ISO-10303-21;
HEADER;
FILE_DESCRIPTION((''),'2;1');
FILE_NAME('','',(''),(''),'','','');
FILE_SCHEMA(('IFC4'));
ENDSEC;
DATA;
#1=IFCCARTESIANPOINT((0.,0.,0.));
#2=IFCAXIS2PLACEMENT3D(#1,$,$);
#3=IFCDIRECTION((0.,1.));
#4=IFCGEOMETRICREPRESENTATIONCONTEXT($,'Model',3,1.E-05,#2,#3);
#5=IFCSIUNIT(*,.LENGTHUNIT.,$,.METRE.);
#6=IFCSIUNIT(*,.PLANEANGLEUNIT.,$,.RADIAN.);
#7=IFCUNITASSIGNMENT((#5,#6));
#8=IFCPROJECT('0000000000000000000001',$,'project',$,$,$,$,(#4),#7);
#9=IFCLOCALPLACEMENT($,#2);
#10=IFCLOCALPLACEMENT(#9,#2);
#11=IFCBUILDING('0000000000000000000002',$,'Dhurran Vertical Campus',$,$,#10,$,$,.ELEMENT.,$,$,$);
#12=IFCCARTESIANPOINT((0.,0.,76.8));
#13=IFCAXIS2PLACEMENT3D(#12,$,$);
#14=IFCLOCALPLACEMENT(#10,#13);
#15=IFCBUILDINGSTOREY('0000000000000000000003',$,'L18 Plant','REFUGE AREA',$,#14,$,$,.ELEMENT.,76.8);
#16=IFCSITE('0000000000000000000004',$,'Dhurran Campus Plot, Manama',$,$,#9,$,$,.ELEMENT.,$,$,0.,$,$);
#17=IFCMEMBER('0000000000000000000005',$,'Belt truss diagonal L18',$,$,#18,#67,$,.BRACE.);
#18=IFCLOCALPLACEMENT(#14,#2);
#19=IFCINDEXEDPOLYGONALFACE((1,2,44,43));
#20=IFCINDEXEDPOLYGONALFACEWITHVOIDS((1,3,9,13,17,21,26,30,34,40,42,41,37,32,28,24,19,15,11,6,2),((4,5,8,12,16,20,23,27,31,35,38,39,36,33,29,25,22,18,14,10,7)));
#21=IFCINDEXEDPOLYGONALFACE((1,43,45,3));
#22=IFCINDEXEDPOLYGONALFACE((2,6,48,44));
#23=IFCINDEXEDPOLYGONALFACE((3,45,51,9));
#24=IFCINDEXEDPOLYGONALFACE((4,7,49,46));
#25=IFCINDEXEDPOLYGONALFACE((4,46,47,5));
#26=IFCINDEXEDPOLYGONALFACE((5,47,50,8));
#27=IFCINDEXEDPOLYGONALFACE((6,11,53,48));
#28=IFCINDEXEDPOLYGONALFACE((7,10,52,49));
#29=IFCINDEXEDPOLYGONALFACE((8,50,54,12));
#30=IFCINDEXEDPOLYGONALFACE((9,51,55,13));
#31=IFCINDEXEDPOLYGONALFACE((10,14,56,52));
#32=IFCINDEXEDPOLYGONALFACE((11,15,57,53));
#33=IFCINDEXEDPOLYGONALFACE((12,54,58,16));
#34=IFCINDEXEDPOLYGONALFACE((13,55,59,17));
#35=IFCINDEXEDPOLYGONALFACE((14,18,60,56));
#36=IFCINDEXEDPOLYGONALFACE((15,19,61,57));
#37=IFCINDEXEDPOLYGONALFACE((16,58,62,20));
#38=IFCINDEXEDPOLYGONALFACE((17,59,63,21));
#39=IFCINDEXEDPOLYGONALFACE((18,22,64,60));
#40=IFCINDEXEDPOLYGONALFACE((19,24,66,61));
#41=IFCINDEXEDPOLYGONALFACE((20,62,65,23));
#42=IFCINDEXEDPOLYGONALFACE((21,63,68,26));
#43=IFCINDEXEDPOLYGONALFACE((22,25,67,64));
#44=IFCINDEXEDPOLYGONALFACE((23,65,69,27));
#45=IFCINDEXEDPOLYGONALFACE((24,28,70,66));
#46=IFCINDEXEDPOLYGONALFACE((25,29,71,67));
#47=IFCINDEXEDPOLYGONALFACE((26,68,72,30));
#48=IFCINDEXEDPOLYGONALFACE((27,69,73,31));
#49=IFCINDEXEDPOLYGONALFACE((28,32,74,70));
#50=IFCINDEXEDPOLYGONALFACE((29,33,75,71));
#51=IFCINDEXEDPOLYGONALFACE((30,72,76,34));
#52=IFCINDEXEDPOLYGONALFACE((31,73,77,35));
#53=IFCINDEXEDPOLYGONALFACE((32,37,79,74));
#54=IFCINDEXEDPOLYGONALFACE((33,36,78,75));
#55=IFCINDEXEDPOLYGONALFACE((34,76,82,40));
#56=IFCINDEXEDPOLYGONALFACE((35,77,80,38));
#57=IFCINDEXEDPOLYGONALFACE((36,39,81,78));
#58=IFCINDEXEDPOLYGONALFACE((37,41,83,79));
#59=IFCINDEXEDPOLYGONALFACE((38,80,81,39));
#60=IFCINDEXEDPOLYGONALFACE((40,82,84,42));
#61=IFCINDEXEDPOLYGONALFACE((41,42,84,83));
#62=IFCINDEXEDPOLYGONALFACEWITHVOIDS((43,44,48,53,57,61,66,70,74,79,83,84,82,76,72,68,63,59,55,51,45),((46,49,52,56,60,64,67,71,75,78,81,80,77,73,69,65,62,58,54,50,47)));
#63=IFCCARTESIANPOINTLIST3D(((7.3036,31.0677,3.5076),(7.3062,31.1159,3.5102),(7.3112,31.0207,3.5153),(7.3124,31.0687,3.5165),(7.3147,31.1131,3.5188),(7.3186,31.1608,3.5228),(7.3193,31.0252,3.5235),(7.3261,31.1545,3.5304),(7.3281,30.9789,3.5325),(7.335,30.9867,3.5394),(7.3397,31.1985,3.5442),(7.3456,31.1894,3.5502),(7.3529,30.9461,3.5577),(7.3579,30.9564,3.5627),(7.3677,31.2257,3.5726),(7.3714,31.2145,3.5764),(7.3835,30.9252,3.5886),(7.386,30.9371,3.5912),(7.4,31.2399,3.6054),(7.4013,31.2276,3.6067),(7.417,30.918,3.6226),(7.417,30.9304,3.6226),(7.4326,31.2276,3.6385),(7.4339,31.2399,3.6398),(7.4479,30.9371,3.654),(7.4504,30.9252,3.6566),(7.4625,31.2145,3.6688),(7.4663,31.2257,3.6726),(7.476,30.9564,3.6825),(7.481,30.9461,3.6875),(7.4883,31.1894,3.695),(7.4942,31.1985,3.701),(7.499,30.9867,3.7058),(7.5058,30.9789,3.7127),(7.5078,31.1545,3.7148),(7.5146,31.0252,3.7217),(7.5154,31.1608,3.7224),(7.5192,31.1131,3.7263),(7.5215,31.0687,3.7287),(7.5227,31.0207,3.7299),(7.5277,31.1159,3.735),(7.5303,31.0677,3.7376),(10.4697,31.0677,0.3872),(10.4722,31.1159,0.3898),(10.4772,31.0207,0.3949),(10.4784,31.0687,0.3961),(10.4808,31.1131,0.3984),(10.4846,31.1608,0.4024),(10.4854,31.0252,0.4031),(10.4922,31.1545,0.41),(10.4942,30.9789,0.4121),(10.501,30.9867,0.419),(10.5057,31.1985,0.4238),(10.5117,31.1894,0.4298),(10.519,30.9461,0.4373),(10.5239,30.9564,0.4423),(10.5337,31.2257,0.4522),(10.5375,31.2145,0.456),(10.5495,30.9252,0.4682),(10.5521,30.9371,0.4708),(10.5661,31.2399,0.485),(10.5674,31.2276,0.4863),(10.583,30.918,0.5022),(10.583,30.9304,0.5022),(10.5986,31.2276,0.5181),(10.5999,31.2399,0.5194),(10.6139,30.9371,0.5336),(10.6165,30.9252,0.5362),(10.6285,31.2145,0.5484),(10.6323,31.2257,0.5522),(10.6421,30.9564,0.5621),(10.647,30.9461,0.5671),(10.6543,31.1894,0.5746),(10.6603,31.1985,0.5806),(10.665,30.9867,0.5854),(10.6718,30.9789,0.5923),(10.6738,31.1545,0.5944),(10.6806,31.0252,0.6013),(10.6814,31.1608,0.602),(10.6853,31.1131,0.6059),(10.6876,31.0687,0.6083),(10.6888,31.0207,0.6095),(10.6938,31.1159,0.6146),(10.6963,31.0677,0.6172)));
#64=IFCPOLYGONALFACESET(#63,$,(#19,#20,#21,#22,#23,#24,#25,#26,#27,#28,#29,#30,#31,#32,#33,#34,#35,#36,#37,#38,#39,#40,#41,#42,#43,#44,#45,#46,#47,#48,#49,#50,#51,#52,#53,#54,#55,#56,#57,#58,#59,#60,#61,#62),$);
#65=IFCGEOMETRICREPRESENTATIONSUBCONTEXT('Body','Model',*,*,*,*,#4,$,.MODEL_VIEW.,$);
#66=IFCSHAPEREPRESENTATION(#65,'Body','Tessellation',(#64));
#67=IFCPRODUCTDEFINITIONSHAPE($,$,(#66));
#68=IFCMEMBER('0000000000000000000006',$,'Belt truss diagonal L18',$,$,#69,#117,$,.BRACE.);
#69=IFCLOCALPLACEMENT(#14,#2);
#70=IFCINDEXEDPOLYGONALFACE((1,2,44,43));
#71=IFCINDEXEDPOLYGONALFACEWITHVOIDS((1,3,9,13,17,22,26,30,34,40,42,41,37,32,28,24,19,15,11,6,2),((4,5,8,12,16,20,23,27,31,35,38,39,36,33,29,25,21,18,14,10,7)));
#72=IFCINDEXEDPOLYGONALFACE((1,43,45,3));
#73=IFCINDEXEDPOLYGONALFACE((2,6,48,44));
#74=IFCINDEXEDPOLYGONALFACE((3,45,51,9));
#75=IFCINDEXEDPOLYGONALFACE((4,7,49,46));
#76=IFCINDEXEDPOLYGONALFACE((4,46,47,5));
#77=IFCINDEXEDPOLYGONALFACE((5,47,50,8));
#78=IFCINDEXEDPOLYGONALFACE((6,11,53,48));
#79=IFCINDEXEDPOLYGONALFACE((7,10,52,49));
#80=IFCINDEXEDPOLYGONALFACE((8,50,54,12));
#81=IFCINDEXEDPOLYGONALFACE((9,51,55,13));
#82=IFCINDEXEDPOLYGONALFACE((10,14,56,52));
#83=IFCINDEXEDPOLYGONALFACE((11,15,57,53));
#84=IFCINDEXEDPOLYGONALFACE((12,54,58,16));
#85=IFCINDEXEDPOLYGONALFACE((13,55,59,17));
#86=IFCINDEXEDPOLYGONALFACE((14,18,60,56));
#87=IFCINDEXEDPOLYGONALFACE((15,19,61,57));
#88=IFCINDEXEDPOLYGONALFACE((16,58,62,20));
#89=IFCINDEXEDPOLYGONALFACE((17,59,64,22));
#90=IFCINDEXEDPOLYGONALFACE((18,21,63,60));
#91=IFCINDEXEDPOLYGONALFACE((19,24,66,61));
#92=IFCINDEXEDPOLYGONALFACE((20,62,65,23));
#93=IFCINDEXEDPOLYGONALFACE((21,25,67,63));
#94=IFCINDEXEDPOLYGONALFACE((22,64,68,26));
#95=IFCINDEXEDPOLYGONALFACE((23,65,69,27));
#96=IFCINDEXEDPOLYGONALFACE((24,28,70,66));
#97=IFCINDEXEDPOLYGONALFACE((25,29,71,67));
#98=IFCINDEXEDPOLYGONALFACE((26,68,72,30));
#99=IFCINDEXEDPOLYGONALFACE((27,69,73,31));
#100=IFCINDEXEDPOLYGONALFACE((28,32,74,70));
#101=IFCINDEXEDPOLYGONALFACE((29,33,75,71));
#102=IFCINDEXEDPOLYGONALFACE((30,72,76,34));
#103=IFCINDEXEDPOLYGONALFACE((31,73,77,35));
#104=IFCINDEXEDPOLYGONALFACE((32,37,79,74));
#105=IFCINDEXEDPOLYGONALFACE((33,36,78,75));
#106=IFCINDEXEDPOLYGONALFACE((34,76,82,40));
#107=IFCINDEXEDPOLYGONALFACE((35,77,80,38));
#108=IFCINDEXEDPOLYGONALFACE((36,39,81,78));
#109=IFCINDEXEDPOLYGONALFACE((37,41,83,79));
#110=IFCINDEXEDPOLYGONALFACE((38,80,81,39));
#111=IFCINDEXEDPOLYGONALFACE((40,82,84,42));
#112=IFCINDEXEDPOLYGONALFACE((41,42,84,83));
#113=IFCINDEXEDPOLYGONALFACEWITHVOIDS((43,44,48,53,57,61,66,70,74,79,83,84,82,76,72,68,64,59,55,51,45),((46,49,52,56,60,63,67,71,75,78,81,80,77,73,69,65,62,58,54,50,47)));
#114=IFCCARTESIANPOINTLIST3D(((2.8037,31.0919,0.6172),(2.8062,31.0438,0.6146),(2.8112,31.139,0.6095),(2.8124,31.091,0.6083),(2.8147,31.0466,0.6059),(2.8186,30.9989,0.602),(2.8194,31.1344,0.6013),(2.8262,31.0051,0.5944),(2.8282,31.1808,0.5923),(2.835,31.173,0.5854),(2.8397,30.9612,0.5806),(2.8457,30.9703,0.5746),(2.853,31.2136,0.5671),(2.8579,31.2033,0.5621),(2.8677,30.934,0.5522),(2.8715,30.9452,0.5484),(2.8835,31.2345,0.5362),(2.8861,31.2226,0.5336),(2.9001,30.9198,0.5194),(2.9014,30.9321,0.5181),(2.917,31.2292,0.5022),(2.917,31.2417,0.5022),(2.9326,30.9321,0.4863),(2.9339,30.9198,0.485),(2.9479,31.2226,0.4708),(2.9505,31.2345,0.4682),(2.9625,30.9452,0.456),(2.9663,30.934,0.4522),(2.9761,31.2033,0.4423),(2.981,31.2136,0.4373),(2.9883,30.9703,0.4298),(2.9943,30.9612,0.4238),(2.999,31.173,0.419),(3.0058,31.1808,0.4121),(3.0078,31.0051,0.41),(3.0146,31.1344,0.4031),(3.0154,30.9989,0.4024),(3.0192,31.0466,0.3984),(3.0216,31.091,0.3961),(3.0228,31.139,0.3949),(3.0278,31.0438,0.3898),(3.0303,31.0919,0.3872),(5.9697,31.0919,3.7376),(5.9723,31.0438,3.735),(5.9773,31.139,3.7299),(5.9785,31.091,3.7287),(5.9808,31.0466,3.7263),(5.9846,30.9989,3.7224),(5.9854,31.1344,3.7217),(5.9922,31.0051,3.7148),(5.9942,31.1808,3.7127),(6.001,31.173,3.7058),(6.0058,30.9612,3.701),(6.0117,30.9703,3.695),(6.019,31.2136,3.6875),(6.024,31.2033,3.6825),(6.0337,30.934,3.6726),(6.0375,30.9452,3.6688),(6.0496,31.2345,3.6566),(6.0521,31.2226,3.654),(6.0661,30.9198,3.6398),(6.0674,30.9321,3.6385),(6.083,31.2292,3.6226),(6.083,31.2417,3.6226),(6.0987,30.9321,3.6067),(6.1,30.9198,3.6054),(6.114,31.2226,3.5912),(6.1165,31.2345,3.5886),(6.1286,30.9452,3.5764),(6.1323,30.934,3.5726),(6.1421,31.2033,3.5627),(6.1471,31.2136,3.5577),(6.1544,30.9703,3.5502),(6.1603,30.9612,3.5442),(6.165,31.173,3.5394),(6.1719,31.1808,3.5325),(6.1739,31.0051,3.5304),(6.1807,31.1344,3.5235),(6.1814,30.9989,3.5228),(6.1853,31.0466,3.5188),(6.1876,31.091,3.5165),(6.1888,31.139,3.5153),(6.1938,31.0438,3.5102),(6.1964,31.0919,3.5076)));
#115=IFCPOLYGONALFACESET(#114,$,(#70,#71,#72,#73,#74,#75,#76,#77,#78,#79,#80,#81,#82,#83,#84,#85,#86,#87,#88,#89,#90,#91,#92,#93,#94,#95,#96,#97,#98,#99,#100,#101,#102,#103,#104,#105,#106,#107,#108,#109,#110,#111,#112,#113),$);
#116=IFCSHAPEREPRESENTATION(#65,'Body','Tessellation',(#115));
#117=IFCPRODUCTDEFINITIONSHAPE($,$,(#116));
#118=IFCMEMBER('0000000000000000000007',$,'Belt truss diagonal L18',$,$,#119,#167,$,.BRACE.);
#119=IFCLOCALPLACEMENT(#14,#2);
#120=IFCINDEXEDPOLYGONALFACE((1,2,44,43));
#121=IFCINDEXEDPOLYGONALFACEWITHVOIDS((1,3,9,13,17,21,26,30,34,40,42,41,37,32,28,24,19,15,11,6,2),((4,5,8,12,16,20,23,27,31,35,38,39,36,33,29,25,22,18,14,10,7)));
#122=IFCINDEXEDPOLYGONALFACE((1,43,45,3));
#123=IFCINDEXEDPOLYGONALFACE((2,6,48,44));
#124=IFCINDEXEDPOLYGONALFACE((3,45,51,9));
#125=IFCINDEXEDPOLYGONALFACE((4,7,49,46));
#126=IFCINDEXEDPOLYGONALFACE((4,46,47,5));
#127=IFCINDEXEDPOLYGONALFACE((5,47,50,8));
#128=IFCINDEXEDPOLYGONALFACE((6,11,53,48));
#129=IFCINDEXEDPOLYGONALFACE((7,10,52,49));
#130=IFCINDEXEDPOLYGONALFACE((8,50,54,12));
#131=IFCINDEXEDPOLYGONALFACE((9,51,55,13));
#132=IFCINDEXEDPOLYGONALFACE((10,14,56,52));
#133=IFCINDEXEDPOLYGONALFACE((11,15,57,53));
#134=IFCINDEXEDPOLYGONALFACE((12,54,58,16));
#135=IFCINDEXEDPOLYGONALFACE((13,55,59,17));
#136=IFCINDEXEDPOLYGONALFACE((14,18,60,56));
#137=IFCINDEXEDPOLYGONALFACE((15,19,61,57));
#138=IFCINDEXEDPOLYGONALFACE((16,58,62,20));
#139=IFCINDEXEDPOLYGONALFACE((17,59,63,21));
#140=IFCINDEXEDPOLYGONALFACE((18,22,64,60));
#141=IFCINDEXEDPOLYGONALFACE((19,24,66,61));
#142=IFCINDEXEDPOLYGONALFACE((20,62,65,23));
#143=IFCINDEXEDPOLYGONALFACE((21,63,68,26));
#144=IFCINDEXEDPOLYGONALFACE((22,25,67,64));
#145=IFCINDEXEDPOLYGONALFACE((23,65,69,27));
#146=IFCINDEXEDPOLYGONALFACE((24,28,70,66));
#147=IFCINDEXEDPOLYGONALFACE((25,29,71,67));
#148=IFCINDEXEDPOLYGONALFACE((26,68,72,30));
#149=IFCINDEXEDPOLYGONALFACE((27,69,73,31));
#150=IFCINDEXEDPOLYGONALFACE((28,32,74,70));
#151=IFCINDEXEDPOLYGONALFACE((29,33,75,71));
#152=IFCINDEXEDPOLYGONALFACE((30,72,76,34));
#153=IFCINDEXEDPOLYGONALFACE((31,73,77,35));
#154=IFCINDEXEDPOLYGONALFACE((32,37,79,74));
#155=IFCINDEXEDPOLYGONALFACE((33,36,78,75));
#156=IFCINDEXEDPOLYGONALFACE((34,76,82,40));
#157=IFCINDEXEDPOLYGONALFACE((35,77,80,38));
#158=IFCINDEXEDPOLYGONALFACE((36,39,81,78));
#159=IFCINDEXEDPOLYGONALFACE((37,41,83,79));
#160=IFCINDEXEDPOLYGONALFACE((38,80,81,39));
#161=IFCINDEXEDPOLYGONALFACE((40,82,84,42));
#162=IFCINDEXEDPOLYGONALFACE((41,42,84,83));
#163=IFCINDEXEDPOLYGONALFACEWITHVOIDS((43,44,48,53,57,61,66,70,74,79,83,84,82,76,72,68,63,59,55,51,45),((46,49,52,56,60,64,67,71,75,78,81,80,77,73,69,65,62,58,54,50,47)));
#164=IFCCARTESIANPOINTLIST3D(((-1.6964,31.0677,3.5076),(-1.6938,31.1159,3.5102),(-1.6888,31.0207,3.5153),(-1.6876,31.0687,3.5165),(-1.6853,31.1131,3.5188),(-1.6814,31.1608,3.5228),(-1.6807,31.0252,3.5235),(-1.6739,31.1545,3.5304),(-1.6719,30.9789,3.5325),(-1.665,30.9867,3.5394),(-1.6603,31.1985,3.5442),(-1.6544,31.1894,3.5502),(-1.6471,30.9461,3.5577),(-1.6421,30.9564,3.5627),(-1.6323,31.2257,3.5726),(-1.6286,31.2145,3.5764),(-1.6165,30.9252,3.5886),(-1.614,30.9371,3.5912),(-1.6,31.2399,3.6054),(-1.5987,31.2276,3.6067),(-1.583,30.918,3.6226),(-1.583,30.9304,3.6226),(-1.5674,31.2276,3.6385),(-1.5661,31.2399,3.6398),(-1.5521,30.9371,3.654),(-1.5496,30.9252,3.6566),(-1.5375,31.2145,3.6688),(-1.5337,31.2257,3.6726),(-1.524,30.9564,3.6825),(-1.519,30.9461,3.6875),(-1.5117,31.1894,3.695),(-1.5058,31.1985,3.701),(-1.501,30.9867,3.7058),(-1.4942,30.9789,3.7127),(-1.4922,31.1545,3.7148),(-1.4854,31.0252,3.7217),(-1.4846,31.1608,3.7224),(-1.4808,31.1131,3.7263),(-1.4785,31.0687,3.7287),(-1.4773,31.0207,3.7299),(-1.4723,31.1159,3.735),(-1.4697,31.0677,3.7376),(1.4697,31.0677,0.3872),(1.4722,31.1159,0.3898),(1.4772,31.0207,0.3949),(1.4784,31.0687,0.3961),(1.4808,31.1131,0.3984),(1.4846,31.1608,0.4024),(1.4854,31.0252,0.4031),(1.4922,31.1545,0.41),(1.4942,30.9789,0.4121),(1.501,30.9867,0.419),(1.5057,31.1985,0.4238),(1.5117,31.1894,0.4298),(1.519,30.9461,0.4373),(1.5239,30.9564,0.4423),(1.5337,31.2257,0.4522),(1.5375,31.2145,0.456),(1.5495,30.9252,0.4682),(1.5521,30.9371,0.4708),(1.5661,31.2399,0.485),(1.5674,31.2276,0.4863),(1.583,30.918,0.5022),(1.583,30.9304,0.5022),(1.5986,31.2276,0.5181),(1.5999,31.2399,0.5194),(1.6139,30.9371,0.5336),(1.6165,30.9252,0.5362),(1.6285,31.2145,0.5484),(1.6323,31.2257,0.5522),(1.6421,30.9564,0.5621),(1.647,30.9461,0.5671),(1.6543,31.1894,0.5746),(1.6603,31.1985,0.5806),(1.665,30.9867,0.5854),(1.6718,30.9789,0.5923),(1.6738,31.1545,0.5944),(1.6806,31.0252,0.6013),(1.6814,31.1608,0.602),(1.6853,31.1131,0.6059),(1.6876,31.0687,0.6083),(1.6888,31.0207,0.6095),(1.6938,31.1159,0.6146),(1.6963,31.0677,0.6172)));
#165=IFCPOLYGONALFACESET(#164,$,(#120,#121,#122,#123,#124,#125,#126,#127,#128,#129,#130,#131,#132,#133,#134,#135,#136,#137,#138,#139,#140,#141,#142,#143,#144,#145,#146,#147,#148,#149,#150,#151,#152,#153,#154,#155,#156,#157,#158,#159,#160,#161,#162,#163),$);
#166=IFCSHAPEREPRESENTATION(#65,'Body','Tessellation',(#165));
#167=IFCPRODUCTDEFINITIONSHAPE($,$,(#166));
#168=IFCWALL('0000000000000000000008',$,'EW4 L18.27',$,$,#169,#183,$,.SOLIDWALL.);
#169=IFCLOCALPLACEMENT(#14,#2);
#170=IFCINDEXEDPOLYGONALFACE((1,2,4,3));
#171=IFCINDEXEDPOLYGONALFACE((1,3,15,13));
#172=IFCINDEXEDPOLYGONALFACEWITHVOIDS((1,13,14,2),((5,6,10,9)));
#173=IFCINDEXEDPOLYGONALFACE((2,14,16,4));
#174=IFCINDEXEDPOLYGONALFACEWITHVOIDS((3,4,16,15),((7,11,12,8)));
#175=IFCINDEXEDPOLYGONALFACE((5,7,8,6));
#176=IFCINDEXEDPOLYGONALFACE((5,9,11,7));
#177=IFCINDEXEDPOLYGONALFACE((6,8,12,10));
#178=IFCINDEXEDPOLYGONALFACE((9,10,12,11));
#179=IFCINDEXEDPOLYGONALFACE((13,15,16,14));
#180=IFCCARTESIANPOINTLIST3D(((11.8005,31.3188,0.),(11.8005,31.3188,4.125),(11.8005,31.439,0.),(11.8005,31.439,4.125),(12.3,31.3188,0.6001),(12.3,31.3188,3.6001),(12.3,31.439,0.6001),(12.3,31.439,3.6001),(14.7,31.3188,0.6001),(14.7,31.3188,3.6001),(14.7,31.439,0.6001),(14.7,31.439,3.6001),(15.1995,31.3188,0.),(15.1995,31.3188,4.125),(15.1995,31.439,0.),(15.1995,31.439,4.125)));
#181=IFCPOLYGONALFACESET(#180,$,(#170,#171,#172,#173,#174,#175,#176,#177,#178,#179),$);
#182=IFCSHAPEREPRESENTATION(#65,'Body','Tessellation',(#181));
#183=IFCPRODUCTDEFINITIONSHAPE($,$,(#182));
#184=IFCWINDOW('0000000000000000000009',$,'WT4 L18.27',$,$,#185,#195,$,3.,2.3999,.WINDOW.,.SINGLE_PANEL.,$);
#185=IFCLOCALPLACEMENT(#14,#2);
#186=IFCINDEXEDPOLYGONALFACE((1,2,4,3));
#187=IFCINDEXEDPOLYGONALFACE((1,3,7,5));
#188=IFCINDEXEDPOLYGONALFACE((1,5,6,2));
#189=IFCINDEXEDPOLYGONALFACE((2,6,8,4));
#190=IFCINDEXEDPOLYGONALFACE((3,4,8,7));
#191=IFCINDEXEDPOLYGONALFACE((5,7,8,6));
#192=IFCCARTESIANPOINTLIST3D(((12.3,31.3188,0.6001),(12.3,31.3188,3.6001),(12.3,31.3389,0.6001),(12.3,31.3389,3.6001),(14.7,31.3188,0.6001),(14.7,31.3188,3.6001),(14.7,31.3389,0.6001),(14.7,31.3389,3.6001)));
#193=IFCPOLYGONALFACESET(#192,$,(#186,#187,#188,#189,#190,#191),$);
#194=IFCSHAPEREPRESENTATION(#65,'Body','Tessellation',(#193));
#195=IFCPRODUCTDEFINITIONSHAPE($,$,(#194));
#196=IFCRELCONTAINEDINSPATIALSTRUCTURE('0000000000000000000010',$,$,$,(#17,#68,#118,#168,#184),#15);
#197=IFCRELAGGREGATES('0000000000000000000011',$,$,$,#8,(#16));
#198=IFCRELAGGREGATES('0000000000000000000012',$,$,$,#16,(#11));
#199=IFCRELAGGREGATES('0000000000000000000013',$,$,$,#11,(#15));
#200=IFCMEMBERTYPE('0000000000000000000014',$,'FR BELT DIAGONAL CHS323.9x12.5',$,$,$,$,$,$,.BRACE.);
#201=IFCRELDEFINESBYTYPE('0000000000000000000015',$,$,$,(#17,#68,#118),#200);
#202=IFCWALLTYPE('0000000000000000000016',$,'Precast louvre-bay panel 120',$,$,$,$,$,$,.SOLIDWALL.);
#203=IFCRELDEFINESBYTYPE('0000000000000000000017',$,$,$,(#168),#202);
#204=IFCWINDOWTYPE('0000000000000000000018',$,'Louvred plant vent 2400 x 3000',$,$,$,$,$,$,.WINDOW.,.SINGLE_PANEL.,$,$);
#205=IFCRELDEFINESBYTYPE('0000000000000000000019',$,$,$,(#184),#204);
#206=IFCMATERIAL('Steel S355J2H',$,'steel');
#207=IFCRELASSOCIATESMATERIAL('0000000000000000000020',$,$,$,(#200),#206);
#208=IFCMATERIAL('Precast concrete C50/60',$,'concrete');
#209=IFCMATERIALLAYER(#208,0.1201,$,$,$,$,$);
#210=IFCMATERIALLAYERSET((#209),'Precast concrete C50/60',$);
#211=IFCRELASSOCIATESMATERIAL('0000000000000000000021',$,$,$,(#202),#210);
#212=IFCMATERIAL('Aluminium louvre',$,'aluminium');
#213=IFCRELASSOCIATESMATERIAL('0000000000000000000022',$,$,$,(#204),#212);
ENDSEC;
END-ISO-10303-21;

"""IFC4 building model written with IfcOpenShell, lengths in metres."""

from ifc_helpers import new_model, si_unit, direction, frame, frame_2d, origin, origin_2d, place, context, subcontext, project, spatial, rectangle, hollow_circle, extrude, material, layer, layer_set, material_profile, profile_set, type_object, element, fill, save


model = new_model("IFC4")

# Units and contexts
model_context = context("Model", 3, precision=1e-05, world=origin(), true_north=direction((0.0, 1.0)))
body_context = subcontext(model_context, "Body", "Model", "MODEL_VIEW")
ifc_project = project(units=[si_unit("LENGTHUNIT", "METRE"), si_unit("PLANEANGLEUNIT", "RADIAN")], contexts=[model_context])

# Site, building, storey
site_placement = place(None, origin())
site = spatial("IfcSite", under=ifc_project, at=site_placement, Name="Dhurran Campus Plot, Manama", CompositionType="ELEMENT", RefElevation=0.0)
building_placement = place(site_placement, origin())
building = spatial("IfcBuilding", under=site, at=building_placement, Name="Dhurran Vertical Campus", CompositionType="ELEMENT")
storey_placement = place(building_placement, frame((0.0, 0.0, 76.8)))
storey = spatial("IfcBuildingStorey", under=building, at=storey_placement, Name="L18 Plant", Description="REFUGE AREA", CompositionType="ELEMENT", Elevation=76.8)

# Members
ifc_material_1 = material(Name="Steel S355J2H", Category="steel")
ifc_material_profile_1 = material_profile(ifc_material_1, hollow_circle(Radius=0.1619, WallThickness=0.0125, at=origin_2d()), Name="CHS323.9x12.5")
ifc_profile_set_1 = profile_set([ifc_material_profile_1], Name="Steel S355J2H")
member_type = type_object("IfcMemberType", Name="FR BELT DIAGONAL CHS323.9x12.5", PredefinedType="BRACE", material=ifc_profile_set_1)
for number, where, z_axis, x_axis, name in (
    (1, (10.583, 31.0798, 0.5022), (-0.712223, 0.0, 0.701953), (0.0, -1.0, 0.0), "Belt truss diagonal L18"),
    (2, (2.917, 31.0798, 0.5022), (0.712223, 0.0, 0.701953), (0.0, 1.0, 0.0), "Belt truss diagonal L18"),
    (3, (1.583, 31.0798, 0.5022), (-0.712223, 0.0, 0.701953), (0.0, -1.0, 0.0), "Belt truss diagonal L18"),
):
    element("IfcMember", number, at=place(storey_placement, frame(where, z_axis=z_axis, x_axis=x_axis)), inside=storey, type_object=member_type, Name=name, PredefinedType="BRACE", context=body_context, shape_type="SweptSolid", body=[
        extrude(hollow_circle(Radius=0.1619, WallThickness=0.0125, at=origin_2d()), origin(), (0.0, 0.0, 1.0), 4.4453),
    ])

# Wall, opening, window
ifc_material_2 = material(Name="Precast concrete C50/60", Category="concrete")
ifc_layer = layer(ifc_material_2, 0.1201)
ifc_layer_set = layer_set([ifc_layer], Name="Precast concrete C50/60")
wall_type = type_object("IfcWallType", Name="Precast louvre-bay panel 120", PredefinedType="SOLIDWALL", material=ifc_layer_set)
wall_1_placement = place(storey_placement, frame((15.1995, 31.3789, 0.0), z_axis=(0.0, 0.0, 1.0), x_axis=(-1.0, 0.0, 0.0)))
wall_1 = element("IfcWall", 4, at=wall_1_placement, inside=storey, type_object=wall_type, Name="EW4 L18.27", PredefinedType="SOLIDWALL", context=body_context, shape_type="SweptSolid", body=[
    extrude(rectangle(XDim=3.3989, YDim=0.1201, at=frame_2d((1.6995, 0.0))), origin(), (0.0, 0.0, 1.0), 4.125),
])
opening_1_placement = place(wall_1_placement, frame((0.4995, 0.0, 0.6001)))
opening_1 = element("IfcOpeningElement", 5, at=opening_1_placement, cuts=wall_1, PredefinedType="OPENING", context=body_context, shape_type="SweptSolid", body=[
    extrude(rectangle(XDim=2.3999, YDim=3.0, at=frame_2d((1.2, 1.5))), frame((0.0, 0.0701, 0.0), z_axis=(0.0, -1.0, 0.0), x_axis=(1.0, 0.0, 0.0)), (0.0, 0.0, 1.0), 0.1401),
])
ifc_material_3 = material(Name="Aluminium louvre", Category="aluminium")
window_type = type_object("IfcWindowType", Name="Louvred plant vent 2400 x 3000", PartitioningType="SINGLE_PANEL", PredefinedType="WINDOW", material=ifc_material_3)
window_1_placement = place(opening_1_placement, origin())
window_1 = element("IfcWindow", 6, at=window_1_placement, inside=storey, type_object=window_type, Name="WT4 L18.27", OverallHeight=3.0, OverallWidth=2.3999, PartitioningType="SINGLE_PANEL", PredefinedType="WINDOW", context=body_context, shape_type="SweptSolid", body=[
    extrude(rectangle(XDim=2.3999, YDim=3.0, at=frame_2d((1.2, 1.5))), frame((0.0, 0.0601, 0.0), z_axis=(0.0, -1.0, 0.0), x_axis=(1.0, 0.0, 0.0)), (0.0, 0.0, 1.0), 0.02),
])
fill(opening_1, window_1)

save(model, "model.ifc")
